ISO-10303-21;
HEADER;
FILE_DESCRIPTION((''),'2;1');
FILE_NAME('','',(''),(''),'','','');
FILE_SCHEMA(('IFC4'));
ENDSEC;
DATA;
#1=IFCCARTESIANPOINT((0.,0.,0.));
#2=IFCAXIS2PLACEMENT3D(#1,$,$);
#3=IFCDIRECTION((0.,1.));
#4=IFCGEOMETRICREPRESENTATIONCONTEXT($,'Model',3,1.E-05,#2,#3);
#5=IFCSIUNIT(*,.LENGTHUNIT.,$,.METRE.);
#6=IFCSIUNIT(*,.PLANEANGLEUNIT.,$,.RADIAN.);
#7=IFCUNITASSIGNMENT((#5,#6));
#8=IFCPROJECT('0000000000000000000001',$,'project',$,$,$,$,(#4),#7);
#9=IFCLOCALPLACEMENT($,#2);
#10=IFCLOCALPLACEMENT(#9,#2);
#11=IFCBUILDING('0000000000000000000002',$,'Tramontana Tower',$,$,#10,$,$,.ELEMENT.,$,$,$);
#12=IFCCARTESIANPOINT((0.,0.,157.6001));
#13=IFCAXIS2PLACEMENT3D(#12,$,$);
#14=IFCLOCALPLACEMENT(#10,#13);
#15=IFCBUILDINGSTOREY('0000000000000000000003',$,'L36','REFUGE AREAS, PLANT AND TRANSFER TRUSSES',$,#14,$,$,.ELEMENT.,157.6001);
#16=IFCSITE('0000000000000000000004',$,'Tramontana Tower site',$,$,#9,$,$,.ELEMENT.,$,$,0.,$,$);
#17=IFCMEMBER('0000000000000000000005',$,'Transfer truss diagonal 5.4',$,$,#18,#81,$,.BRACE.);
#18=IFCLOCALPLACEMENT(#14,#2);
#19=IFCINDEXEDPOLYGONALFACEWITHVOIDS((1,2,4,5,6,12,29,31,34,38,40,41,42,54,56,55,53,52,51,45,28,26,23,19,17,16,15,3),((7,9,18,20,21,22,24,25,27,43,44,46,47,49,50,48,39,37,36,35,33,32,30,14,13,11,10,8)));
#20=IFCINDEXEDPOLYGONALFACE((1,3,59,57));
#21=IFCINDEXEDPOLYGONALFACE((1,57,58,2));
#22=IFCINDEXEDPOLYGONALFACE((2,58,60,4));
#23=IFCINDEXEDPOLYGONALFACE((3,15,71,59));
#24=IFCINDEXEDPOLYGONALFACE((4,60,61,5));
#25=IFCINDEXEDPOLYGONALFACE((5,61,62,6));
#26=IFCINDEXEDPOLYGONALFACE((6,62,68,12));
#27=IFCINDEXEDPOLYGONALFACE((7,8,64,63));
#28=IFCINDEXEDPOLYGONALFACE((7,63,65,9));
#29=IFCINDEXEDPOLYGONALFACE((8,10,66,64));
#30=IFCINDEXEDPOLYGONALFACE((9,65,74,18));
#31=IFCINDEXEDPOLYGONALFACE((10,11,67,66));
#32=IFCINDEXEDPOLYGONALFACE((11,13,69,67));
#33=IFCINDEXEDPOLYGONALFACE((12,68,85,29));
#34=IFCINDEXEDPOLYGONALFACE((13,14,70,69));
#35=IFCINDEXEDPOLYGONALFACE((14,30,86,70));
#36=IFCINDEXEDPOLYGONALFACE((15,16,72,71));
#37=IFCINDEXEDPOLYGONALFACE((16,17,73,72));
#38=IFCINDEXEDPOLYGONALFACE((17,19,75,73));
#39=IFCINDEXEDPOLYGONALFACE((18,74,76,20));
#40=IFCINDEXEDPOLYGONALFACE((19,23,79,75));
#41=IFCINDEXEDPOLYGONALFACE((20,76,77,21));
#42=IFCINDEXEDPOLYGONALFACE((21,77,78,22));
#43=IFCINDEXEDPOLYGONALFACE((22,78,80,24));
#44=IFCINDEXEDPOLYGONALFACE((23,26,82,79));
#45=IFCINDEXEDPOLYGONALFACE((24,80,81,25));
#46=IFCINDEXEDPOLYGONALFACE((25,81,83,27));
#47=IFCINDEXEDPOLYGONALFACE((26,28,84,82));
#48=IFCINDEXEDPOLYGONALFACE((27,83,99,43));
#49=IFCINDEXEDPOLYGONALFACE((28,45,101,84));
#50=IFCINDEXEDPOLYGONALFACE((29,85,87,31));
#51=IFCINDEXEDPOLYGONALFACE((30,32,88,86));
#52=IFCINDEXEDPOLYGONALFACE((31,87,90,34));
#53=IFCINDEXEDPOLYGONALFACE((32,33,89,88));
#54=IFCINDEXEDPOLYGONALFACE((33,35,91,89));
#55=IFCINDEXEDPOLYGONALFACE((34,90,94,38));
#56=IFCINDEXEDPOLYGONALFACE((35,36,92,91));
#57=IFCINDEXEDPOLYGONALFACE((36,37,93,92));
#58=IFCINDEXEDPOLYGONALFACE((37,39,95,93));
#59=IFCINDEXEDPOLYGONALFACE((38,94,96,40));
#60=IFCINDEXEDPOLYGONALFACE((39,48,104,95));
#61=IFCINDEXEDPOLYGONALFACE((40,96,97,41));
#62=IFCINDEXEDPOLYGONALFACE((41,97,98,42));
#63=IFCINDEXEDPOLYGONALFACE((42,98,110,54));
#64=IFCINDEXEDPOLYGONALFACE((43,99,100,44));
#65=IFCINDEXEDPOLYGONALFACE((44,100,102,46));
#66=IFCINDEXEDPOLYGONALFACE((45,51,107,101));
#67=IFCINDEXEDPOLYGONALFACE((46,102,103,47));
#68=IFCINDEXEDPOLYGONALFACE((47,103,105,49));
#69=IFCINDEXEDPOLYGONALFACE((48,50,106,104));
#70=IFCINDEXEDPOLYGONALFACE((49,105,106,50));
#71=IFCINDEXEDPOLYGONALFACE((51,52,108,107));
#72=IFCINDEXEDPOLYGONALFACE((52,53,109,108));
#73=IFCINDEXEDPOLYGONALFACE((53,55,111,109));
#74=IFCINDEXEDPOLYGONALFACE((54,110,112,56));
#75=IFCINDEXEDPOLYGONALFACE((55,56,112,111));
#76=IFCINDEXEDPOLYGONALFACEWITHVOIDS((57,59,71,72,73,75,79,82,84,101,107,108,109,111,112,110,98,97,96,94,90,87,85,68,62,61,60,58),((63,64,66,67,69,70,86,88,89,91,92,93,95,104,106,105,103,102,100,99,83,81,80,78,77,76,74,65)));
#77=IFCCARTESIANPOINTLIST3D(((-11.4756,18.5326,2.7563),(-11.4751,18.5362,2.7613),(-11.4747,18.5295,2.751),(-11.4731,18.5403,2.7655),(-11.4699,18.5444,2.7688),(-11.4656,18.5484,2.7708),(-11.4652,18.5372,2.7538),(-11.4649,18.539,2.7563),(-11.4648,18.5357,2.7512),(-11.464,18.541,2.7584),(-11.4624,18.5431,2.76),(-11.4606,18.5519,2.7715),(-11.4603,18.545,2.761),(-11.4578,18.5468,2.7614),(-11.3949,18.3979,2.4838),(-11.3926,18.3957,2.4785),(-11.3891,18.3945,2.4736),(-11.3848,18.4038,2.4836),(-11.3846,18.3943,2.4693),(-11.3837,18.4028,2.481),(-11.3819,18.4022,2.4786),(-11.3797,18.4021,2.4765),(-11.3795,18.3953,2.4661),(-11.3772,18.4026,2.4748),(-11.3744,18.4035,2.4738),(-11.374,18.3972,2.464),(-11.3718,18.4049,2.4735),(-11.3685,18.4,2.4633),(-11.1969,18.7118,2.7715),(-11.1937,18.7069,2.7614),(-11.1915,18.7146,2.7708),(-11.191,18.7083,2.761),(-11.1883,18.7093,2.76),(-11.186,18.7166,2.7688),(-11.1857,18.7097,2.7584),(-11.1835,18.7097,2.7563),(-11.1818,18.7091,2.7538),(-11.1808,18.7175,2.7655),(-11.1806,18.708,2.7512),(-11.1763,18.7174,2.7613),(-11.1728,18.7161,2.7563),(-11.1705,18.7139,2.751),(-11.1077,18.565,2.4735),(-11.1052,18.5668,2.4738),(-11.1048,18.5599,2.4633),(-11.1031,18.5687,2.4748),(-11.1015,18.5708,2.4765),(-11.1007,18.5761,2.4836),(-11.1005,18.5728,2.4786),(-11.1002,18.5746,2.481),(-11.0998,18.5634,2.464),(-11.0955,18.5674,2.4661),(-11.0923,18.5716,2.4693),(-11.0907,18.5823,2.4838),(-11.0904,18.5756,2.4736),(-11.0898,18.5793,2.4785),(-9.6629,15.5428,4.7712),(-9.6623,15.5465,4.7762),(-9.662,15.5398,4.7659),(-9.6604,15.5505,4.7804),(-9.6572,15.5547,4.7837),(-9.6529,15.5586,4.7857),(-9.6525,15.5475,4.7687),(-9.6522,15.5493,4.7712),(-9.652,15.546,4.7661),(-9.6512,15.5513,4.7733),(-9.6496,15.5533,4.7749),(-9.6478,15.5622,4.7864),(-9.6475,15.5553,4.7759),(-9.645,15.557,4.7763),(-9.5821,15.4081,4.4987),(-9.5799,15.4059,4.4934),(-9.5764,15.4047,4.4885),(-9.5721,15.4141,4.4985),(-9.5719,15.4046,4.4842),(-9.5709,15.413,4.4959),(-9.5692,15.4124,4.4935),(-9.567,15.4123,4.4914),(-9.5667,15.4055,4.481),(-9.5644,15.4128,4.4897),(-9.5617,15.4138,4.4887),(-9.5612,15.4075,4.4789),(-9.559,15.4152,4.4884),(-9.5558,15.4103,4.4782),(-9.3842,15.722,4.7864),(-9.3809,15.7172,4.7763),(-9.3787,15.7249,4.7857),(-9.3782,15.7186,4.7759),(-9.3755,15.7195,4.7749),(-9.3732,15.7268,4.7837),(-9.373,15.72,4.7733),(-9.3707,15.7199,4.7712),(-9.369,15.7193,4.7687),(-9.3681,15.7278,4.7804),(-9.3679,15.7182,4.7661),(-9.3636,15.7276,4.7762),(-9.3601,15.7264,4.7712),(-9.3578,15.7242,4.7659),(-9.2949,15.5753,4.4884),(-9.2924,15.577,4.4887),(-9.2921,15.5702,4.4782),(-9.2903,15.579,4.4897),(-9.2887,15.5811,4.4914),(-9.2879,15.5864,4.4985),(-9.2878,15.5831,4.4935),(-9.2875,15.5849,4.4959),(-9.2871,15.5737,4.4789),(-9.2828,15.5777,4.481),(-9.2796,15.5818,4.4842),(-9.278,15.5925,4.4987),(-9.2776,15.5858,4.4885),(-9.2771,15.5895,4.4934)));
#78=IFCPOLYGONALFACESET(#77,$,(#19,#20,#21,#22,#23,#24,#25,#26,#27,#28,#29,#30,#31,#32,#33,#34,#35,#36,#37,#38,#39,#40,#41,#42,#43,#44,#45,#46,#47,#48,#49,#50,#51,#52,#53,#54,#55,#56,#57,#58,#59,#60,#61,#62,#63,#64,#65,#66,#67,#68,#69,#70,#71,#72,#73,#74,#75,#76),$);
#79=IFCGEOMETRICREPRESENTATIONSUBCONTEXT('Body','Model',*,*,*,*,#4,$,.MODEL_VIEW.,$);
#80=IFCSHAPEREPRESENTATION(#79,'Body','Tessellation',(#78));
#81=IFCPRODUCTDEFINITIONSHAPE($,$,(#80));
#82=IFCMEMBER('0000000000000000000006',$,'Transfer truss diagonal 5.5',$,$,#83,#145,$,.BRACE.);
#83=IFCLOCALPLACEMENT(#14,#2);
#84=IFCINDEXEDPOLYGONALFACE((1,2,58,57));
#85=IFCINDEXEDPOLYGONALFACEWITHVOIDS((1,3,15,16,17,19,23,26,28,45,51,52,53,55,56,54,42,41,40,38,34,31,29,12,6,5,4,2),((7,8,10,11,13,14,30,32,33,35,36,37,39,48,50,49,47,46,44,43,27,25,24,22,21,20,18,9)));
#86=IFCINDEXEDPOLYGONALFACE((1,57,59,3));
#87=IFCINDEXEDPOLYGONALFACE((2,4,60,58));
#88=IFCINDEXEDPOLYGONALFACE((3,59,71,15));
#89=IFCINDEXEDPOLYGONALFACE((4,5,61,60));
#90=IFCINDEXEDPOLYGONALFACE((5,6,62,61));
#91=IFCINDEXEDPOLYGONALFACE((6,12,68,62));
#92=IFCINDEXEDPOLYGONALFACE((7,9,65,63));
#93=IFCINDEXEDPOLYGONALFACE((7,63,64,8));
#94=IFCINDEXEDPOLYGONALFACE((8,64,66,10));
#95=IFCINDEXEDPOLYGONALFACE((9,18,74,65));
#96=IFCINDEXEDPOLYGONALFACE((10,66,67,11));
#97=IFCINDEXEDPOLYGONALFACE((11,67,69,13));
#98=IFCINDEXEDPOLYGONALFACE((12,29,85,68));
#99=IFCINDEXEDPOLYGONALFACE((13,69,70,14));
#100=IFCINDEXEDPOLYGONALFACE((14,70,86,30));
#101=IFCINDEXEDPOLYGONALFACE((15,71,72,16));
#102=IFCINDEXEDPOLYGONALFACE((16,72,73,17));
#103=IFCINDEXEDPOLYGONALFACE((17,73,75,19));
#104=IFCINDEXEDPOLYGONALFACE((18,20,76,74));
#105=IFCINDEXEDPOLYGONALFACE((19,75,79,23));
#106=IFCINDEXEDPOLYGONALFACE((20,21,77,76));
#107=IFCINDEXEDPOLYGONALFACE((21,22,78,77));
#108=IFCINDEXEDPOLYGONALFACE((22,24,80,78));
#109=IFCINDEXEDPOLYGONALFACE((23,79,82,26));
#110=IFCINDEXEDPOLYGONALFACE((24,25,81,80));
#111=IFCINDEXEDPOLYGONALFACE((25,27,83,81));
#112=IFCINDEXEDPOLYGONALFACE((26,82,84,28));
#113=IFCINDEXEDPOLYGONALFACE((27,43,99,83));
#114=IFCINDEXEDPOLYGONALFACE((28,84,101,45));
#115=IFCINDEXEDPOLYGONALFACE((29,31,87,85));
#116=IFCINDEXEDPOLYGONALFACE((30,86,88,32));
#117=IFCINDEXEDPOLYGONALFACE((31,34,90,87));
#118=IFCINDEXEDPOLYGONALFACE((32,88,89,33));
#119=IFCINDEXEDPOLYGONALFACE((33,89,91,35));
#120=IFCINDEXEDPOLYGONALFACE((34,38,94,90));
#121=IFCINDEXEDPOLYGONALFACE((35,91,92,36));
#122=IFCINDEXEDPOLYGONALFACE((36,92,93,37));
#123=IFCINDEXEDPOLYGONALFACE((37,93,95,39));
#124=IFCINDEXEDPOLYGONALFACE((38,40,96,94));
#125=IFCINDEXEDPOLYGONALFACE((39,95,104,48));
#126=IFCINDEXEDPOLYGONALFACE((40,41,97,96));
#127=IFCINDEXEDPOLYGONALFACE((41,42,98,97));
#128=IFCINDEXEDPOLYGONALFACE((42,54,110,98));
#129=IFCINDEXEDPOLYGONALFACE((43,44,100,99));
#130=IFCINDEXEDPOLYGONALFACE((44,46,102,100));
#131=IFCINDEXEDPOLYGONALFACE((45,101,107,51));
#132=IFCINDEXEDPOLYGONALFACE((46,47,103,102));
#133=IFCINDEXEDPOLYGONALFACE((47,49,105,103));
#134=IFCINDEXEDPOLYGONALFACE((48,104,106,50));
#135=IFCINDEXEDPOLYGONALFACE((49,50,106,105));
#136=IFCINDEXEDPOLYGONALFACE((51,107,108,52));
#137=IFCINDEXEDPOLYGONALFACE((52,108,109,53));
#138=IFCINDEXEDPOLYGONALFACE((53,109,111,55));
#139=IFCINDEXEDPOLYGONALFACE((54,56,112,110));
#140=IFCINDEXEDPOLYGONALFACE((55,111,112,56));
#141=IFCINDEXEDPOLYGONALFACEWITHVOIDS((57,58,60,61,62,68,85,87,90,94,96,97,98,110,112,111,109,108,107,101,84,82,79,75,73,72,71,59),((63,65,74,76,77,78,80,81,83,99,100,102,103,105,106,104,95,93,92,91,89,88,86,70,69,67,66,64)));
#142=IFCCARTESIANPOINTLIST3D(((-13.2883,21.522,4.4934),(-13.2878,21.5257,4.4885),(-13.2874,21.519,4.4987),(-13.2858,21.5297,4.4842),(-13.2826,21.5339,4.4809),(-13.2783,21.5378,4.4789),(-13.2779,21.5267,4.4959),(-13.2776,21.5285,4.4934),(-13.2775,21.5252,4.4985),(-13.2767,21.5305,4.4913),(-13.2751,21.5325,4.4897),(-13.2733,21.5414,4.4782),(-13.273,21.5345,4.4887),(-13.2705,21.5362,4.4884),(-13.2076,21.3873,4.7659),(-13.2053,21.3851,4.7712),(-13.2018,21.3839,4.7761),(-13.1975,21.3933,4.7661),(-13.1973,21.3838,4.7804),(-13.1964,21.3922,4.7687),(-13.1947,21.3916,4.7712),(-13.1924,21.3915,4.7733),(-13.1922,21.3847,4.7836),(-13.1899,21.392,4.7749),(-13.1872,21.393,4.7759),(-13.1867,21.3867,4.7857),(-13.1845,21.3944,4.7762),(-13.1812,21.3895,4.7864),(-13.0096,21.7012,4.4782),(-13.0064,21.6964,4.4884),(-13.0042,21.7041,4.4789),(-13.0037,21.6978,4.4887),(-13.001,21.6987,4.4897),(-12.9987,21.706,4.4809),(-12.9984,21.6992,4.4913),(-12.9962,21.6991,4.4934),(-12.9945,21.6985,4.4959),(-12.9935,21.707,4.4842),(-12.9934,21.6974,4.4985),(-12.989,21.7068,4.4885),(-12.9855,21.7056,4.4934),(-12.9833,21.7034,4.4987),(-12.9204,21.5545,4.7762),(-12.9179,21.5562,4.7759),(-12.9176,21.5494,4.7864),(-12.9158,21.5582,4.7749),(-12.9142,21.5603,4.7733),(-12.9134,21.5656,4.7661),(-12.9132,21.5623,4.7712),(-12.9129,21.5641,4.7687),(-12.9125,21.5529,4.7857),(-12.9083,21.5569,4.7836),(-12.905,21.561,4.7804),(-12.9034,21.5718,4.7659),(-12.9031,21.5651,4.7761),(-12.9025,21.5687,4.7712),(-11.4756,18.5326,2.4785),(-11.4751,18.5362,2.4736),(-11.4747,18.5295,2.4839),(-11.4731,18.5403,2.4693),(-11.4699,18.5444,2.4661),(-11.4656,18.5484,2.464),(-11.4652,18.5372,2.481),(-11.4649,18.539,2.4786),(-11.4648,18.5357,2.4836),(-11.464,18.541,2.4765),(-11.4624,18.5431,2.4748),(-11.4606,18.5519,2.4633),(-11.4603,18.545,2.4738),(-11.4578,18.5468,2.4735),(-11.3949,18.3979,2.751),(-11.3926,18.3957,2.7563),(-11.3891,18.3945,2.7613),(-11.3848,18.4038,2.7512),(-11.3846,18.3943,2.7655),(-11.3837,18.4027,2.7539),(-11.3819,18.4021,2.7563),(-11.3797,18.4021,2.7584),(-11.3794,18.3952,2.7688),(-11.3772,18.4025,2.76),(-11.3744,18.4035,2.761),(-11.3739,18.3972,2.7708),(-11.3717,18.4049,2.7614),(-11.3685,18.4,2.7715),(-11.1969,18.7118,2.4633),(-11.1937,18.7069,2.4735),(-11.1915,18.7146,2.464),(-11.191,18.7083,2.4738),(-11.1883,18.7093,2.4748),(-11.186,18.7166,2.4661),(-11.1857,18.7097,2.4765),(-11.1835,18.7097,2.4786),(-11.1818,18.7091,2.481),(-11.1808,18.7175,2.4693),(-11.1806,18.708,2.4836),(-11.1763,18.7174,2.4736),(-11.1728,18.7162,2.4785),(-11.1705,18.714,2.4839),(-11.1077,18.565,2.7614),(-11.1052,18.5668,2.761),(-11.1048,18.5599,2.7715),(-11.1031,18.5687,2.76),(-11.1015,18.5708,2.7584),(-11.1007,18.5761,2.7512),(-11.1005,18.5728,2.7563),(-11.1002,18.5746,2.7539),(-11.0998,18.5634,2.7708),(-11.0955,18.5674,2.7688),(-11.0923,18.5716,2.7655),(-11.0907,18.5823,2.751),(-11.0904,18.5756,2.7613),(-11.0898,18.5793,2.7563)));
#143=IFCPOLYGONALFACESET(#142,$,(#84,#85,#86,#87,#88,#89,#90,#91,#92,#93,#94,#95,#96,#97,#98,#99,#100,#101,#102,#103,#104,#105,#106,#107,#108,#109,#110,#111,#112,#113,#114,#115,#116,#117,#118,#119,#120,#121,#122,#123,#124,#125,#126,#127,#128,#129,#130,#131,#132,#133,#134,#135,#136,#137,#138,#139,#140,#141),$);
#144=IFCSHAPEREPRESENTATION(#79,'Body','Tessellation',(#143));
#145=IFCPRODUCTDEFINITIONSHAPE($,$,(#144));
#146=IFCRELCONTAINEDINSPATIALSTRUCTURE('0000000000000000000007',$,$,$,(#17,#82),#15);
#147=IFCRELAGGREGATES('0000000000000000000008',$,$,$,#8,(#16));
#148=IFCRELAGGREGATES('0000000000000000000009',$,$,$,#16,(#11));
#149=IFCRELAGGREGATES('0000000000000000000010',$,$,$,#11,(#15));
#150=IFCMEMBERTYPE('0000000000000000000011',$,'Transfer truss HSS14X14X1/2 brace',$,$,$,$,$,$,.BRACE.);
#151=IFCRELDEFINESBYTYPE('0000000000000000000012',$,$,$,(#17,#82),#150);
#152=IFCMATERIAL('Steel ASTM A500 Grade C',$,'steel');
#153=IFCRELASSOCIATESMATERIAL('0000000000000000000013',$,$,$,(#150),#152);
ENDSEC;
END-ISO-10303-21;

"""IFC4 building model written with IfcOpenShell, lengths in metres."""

from ifc_helpers import new_model, si_unit, direction, frame, origin, origin_2d, place, context, subcontext, project, spatial, hollow_rectangle, extrude, material, material_profile, profile_set, type_object, element, save


model = new_model("IFC4")

# Units and contexts
model_context = context("Model", 3, precision=1e-05, world=origin(), true_north=direction((0.0, 1.0)))
body_context = subcontext(model_context, "Body", "Model", "MODEL_VIEW")
ifc_project = project(units=[si_unit("LENGTHUNIT", "METRE"), si_unit("PLANEANGLEUNIT", "RADIAN")], contexts=[model_context])

# Site, building, storey
site_placement = place(None, origin())
site = spatial("IfcSite", under=ifc_project, at=site_placement, Name="Tramontana Tower site", CompositionType="ELEMENT", RefElevation=0.0)
building_placement = place(site_placement, origin())
building = spatial("IfcBuilding", under=site, at=building_placement, Name="Tramontana Tower", CompositionType="ELEMENT")
storey_placement = place(building_placement, frame((0.0, 0.0, 157.6001)))
storey = spatial("IfcBuildingStorey", under=building, at=storey_placement, Name="L36", Description="REFUGE AREAS, PLANT AND TRANSFER TRUSSES", CompositionType="ELEMENT", Elevation=157.6001)

# Members
ifc_material_1 = material(Name="Steel ASTM A500 Grade C", Category="steel")
ifc_material_profile_1 = material_profile(ifc_material_1, hollow_rectangle(XDim=0.3557, YDim=0.3557, WallThickness=0.0117, InnerFilletRadius=0.0117, OuterFilletRadius=0.0237, at=origin_2d()), Name="HSS14X14X1/2")
ifc_profile_set_1 = profile_set([ifc_material_profile_1], Name="Steel ASTM A500 Grade C")
member_type_1 = type_object("IfcMemberType", Name="Transfer truss HSS14X14X1/2 brace", PredefinedType="BRACE", material=ifc_profile_set_1)
for number, where, z_axis, x_axis, name in (
    (1, (-9.47, 15.5662, 4.6323), (-0.449211, 0.740881, -0.499305), (-0.855099, -0.518464, 0.0), "Transfer truss diagonal 5.4"),
):
    element("IfcMember", number, at=place(storey_placement, frame(where, z_axis=z_axis, x_axis=x_axis)), inside=storey, type_object=member_type_1, Name=name, PredefinedType="BRACE", context=body_context, shape_type="SweptSolid", body=[
        extrude(hollow_rectangle(XDim=0.3557, YDim=0.3557, WallThickness=0.0117, InnerFilletRadius=0.0117, OuterFilletRadius=0.0237, at=origin_2d()), origin(), (0.0, 0.0, 1.0), 4.0354),
    ])
member_1_placement = place(storey_placement, frame((-11.2827, 18.5559, 2.6174), z_axis=(-0.449231, 0.740853, 0.499327), x_axis=(-0.855081, -0.518495, 0.0)))
element("IfcMember", 2, at=member_1_placement, inside=storey, type_object=member_type_1, Name="Transfer truss diagonal 5.5", PredefinedType="BRACE", context=body_context, shape_type="SweptSolid", body=[
    extrude(hollow_rectangle(XDim=0.3557, YDim=0.3557, WallThickness=0.0117, InnerFilletRadius=0.0117, OuterFilletRadius=0.0237, at=origin_2d()), origin(), (0.0, 0.0, 1.0), 4.0352),
])

save(model, "model.ifc")
